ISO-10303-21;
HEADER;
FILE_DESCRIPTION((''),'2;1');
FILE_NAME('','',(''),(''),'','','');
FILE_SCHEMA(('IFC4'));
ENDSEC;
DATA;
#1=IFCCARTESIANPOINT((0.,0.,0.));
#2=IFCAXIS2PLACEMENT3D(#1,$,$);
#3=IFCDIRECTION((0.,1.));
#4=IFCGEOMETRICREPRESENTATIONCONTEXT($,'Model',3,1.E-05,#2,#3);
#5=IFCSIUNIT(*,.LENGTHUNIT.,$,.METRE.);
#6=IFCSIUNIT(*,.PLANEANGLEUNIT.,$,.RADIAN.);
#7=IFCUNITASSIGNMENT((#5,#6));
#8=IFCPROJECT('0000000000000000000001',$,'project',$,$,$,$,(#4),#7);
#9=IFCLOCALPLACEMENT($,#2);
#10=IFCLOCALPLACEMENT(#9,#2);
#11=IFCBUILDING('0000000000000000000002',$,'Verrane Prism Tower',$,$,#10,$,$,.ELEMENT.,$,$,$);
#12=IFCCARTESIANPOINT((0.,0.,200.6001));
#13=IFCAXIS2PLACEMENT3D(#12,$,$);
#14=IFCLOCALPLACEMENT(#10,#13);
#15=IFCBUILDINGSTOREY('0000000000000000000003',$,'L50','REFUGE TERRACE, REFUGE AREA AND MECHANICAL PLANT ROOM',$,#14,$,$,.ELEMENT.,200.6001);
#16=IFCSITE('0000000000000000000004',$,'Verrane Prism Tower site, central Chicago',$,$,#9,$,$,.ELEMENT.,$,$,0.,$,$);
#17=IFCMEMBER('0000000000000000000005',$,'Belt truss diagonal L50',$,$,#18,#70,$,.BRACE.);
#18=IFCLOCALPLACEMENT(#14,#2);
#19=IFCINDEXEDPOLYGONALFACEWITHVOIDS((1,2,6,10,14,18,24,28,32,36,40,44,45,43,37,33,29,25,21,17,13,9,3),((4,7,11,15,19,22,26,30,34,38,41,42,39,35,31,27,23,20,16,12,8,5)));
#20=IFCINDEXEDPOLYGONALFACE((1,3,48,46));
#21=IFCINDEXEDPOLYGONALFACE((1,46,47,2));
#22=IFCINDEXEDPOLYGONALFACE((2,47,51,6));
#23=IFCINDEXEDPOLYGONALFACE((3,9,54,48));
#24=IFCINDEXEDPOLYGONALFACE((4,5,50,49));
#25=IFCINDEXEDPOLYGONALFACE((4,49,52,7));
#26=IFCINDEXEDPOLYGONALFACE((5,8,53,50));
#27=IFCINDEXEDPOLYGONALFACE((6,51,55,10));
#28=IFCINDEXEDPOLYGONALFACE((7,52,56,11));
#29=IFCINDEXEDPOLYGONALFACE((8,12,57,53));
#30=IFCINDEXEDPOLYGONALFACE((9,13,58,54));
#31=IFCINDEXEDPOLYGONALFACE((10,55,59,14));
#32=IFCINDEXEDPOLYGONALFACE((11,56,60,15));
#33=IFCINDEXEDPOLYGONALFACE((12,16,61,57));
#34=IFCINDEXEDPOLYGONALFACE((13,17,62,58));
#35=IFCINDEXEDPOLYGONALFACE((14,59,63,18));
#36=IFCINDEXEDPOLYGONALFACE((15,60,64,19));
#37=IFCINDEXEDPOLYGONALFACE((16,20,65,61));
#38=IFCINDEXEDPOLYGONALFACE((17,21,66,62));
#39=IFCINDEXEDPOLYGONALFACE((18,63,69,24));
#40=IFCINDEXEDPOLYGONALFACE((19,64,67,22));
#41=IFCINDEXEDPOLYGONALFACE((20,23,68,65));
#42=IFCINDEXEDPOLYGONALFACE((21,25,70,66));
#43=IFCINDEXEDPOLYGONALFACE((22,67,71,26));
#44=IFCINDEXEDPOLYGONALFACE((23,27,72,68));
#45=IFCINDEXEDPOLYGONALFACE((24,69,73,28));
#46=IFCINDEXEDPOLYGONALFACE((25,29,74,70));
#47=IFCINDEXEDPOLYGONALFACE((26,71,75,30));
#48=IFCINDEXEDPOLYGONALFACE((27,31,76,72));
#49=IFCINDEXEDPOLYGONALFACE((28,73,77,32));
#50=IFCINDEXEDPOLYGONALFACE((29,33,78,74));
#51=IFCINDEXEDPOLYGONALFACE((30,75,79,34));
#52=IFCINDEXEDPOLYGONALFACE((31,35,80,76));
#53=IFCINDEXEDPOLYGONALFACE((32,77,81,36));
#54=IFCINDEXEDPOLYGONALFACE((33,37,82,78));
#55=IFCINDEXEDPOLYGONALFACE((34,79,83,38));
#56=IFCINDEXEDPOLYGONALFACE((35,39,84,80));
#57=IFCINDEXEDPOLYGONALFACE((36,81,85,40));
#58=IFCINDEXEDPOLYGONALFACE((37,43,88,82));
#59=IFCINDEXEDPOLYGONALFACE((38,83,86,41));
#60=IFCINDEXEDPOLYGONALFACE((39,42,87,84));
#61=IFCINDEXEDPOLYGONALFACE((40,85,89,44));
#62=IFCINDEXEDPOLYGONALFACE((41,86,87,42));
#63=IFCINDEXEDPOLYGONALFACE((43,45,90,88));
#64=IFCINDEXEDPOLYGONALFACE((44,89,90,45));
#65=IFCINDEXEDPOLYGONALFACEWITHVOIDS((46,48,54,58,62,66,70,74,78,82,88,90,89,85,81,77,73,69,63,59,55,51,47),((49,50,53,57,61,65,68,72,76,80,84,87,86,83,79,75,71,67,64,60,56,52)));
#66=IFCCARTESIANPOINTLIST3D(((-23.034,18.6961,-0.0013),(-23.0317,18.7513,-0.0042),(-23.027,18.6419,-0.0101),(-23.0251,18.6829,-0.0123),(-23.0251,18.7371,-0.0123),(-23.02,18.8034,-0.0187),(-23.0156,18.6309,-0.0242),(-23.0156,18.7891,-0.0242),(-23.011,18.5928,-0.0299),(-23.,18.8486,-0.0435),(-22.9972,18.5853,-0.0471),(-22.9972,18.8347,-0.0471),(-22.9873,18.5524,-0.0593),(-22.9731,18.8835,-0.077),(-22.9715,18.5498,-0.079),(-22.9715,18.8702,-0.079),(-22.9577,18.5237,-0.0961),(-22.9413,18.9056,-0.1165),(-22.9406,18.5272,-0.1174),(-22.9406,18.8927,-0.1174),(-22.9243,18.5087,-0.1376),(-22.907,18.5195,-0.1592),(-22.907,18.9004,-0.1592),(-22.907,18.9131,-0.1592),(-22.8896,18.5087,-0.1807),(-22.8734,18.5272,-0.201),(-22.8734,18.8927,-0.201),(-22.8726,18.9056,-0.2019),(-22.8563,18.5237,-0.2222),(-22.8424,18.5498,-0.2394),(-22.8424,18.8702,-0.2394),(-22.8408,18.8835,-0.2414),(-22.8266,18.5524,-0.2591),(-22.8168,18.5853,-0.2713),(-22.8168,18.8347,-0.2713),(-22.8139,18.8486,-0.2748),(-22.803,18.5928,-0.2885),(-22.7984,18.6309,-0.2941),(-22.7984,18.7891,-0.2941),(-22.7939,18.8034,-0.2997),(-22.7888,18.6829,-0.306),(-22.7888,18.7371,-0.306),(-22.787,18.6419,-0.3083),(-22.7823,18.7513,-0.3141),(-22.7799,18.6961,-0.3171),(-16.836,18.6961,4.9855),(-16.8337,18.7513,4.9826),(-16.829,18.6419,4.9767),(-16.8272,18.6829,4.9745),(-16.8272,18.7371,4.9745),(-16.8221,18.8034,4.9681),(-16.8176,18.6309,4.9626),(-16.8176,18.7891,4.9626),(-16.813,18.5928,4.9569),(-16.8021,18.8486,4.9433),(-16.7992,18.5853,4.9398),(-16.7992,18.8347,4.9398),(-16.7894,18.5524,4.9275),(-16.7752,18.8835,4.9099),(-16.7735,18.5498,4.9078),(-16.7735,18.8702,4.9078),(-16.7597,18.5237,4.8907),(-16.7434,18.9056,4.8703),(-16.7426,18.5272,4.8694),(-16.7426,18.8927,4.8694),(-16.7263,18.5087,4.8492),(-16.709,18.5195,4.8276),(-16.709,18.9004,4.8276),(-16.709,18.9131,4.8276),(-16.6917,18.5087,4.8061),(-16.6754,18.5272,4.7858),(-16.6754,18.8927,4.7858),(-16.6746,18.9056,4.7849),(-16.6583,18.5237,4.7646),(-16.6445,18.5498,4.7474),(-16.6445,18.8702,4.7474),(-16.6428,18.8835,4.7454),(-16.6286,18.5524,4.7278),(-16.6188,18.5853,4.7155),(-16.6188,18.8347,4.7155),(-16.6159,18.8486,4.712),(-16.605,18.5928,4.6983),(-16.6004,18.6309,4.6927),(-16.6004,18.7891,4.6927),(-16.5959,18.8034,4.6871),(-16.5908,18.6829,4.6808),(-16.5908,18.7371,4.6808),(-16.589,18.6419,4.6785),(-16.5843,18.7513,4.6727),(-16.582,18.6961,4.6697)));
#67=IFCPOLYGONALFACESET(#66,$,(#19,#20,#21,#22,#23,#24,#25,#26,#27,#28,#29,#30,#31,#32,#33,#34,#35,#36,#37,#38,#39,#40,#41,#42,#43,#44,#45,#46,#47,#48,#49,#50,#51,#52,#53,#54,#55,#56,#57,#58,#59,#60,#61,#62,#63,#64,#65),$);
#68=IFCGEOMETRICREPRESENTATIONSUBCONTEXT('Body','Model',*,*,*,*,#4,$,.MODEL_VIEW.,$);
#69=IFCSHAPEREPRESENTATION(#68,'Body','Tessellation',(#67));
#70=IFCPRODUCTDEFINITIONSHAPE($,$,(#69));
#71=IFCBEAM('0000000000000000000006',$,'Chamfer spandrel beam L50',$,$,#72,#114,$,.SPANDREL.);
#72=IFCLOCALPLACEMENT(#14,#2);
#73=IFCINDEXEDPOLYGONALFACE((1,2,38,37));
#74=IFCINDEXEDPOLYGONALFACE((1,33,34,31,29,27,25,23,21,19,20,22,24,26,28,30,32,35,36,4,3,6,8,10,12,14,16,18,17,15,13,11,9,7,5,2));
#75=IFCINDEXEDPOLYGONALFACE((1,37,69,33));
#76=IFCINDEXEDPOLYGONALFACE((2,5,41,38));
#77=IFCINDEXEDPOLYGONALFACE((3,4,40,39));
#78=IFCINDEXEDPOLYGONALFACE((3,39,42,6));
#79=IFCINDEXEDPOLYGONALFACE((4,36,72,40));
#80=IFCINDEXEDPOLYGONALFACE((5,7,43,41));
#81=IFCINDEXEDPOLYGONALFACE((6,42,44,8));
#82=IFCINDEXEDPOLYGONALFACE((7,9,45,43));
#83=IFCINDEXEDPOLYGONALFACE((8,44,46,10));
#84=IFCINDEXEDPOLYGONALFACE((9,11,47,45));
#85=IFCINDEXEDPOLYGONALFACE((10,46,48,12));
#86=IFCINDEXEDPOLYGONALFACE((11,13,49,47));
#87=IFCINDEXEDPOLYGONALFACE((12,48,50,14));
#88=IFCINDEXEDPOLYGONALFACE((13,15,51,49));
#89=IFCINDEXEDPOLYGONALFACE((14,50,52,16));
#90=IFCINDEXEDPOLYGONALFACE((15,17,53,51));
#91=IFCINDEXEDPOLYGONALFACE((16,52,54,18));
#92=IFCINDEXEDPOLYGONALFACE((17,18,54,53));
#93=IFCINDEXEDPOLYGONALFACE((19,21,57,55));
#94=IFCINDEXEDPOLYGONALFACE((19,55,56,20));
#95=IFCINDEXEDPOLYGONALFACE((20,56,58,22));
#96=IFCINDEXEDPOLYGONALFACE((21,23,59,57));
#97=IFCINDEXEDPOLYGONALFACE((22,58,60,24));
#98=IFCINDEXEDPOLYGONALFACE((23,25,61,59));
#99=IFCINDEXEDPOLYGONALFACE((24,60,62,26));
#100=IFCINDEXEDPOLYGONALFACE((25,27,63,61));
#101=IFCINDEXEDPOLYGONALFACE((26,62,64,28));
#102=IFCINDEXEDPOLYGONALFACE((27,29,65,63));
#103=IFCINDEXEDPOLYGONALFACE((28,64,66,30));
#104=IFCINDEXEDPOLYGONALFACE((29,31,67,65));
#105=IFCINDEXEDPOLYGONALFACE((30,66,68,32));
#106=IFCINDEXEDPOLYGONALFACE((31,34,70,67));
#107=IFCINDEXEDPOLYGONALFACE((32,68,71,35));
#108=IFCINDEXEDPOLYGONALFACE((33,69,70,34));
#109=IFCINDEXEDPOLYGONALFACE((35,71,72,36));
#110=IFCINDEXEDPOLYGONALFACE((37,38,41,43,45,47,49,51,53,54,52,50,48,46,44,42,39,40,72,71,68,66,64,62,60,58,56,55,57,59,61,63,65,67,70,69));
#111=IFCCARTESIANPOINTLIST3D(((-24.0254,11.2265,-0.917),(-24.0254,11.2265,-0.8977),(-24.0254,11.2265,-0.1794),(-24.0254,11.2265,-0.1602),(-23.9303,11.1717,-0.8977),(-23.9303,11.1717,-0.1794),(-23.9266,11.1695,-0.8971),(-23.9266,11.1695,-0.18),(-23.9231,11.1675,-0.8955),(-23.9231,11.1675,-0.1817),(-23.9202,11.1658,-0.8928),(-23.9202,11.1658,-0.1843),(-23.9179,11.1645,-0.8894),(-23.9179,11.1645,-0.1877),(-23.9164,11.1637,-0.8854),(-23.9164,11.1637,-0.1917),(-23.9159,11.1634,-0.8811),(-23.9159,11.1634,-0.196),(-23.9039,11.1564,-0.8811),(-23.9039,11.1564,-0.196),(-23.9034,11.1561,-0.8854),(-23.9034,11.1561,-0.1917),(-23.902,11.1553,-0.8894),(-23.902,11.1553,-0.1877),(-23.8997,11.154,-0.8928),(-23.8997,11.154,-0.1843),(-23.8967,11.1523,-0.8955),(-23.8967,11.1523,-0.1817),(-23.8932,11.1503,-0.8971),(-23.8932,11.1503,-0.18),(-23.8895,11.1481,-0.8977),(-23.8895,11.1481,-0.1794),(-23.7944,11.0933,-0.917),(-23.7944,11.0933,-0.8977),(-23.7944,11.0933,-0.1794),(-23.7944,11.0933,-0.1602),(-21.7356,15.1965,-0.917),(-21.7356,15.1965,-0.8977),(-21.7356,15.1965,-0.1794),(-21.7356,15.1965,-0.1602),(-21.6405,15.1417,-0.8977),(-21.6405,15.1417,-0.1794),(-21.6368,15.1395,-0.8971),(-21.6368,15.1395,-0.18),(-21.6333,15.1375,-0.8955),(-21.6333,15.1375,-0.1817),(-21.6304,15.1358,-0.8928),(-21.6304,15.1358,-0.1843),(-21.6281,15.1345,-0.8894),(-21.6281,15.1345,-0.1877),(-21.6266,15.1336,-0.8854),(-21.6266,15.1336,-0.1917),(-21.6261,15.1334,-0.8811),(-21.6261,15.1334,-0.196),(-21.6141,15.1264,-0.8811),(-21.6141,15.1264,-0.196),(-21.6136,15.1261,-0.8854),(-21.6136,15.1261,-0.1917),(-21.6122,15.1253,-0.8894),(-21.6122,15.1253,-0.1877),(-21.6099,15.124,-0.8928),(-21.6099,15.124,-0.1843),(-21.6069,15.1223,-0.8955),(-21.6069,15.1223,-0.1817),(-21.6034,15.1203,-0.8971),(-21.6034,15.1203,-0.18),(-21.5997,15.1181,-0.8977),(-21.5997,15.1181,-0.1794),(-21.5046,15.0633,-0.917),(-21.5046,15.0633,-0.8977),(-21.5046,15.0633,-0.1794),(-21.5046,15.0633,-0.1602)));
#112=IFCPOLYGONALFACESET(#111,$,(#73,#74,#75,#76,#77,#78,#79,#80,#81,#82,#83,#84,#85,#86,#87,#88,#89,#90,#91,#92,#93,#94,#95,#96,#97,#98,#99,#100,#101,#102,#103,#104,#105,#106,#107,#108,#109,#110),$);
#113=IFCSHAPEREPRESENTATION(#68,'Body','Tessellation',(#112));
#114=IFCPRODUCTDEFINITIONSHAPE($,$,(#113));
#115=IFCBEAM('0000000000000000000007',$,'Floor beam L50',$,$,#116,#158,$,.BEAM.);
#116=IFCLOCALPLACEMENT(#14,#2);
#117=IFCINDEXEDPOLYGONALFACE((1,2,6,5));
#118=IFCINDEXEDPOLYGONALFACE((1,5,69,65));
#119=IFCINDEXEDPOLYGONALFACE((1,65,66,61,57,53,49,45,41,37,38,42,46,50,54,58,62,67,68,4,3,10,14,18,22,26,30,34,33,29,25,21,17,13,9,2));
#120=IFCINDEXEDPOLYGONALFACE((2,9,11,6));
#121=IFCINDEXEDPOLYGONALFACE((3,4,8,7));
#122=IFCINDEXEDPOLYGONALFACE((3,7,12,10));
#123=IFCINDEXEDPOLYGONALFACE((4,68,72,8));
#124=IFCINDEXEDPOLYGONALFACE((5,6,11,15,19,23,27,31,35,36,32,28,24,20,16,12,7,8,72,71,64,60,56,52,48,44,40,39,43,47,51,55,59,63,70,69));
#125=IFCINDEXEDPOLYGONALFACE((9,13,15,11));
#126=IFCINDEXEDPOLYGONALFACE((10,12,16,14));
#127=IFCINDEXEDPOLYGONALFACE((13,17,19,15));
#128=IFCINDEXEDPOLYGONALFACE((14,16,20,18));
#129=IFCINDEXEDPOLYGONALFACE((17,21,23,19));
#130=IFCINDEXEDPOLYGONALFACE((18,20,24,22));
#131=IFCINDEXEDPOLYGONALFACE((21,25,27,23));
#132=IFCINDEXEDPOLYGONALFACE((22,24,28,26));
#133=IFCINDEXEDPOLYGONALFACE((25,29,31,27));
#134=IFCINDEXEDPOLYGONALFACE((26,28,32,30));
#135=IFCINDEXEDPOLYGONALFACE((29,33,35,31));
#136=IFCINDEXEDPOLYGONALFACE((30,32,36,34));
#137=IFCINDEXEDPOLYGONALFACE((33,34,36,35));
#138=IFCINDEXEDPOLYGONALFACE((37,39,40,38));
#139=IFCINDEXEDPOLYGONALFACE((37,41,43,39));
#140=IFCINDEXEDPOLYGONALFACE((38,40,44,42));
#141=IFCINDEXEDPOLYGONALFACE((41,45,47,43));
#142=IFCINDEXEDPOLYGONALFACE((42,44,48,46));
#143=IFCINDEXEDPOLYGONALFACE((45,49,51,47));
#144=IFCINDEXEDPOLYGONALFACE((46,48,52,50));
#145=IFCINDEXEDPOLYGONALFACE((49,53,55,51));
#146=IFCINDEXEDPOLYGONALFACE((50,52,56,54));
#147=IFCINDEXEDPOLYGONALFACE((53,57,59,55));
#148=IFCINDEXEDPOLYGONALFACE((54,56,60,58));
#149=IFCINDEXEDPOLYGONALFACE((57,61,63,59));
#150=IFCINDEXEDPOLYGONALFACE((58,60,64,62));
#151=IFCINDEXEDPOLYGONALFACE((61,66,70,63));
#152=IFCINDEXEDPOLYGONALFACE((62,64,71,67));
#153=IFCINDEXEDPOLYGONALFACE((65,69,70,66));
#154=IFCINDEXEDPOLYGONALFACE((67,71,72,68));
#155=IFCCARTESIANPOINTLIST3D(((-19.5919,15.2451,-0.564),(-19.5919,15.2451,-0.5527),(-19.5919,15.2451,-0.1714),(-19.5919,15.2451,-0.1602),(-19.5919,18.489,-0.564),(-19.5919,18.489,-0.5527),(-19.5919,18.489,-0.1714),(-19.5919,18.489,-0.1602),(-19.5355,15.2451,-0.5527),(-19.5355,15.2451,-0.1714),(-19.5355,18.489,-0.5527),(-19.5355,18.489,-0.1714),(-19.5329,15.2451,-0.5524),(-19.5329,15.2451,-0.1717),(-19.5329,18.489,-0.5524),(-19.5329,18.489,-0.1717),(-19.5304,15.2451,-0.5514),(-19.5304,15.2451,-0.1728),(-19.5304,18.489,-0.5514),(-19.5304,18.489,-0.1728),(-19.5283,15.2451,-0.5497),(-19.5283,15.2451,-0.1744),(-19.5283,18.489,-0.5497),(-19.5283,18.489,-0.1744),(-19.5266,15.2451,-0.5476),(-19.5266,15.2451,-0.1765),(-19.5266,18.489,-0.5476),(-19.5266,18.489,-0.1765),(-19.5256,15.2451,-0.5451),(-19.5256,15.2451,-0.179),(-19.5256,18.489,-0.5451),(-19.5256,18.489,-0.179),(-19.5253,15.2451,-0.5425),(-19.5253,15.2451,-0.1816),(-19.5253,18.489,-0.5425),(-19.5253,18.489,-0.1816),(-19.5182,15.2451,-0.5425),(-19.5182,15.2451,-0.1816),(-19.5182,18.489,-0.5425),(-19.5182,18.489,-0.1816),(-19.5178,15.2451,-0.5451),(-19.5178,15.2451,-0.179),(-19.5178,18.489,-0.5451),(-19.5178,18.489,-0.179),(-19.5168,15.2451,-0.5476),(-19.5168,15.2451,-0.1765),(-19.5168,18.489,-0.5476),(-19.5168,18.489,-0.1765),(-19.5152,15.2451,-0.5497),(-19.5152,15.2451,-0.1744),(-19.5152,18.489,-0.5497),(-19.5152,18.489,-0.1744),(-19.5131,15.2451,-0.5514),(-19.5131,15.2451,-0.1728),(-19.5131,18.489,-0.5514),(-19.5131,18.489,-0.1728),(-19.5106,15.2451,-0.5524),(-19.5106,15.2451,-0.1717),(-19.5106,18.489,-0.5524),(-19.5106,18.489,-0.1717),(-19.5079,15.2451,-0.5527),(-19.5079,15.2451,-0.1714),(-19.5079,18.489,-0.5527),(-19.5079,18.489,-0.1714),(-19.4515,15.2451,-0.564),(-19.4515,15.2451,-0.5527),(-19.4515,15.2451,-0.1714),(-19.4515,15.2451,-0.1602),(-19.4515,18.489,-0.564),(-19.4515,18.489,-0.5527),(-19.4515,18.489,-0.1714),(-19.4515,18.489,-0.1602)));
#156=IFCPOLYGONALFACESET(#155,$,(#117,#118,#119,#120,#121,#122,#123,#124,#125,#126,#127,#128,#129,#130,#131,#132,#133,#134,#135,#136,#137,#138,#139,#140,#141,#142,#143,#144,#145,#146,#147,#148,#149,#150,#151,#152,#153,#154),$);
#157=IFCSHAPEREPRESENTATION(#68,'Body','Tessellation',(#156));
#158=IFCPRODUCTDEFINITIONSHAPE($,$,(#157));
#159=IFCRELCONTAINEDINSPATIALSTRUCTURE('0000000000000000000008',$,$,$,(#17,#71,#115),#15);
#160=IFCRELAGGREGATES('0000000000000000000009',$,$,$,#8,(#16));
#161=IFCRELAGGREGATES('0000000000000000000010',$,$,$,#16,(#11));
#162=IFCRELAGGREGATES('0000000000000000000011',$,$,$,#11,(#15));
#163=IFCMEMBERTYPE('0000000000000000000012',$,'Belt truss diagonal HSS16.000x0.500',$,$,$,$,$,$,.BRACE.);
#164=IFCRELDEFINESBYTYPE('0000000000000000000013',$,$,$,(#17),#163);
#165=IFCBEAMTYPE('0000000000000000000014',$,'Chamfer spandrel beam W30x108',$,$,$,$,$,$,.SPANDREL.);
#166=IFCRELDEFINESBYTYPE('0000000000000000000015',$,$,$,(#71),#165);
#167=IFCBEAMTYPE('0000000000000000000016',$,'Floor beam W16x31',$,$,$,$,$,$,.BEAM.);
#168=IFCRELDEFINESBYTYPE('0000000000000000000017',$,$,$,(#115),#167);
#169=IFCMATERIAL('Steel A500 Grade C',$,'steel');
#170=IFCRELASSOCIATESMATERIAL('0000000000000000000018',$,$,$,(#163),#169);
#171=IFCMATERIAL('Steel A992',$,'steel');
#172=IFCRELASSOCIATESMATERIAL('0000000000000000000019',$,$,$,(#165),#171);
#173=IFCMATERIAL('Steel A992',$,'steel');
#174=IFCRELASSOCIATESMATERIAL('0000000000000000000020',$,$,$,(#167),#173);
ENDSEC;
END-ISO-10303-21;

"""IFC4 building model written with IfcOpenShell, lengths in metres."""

from ifc_helpers import new_model, si_unit, direction, frame, origin, origin_2d, place, context, subcontext, project, spatial, hollow_circle, i_section, extrude, material, material_profile, profile_set, type_object, element, save


model = new_model("IFC4")

# Units and contexts
model_context = context("Model", 3, precision=1e-05, world=origin(), true_north=direction((0.0, 1.0)))
body_context = subcontext(model_context, "Body", "Model", "MODEL_VIEW")
ifc_project = project(units=[si_unit("LENGTHUNIT", "METRE"), si_unit("PLANEANGLEUNIT", "RADIAN")], contexts=[model_context])

# Site, building, storey
site_placement = place(None, origin())
site = spatial("IfcSite", under=ifc_project, at=site_placement, Name="Verrane Prism Tower site, central Chicago", CompositionType="ELEMENT", RefElevation=0.0)
building_placement = place(site_placement, origin())
building = spatial("IfcBuilding", under=site, at=building_placement, Name="Verrane Prism Tower", CompositionType="ELEMENT")
storey_placement = place(building_placement, frame((0.0, 0.0, 200.6001)))
storey = spatial("IfcBuildingStorey", under=building, at=storey_placement, Name="L50", Description="REFUGE TERRACE, REFUGE AREA AND MECHANICAL PLANT ROOM", CompositionType="ELEMENT", Elevation=200.6001)

# Member
ifc_material_1 = material(Name="Steel A500 Grade C", Category="steel")
ifc_material_profile_1 = material_profile(ifc_material_1, hollow_circle(Radius=0.2031, WallThickness=0.0127, at=origin_2d()), Name="HSS16.000x0.500")
ifc_profile_set_1 = profile_set([ifc_material_profile_1], Name="Steel A500 Grade C")
member_type_1 = type_object("IfcMemberType", Name="Belt truss diagonal HSS16.000x0.500", PredefinedType="BRACE", material=ifc_profile_set_1)
member_1_placement = place(storey_placement, frame((-22.907, 18.71, -0.1592), z_axis=(0.779123, 0.0, 0.626871), x_axis=(0.0, 1.0, 0.0)))
element("IfcMember", 1, at=member_1_placement, inside=storey, type_object=member_type_1, Name="Belt truss diagonal L50", PredefinedType="BRACE", context=body_context, shape_type="SweptSolid", body=[
    extrude(hollow_circle(Radius=0.2031, WallThickness=0.0127, at=origin_2d()), origin(), (0.0, 0.0, 1.0), 7.9551),
])

# Beams
ifc_material_2 = material(Name="Steel A992", Category="steel")
ifc_material_profile_2 = material_profile(ifc_material_2, i_section(OverallWidth=0.2666, OverallDepth=0.7568, WebThickness=0.0139, FlangeThickness=0.0193, FilletRadius=0.0166, at=origin_2d()), Name="W30x108")
ifc_profile_set_2 = profile_set([ifc_material_profile_2], Name="Steel A992")
beam_type_1 = type_object("IfcBeamType", Name="Chamfer spandrel beam W30x108", PredefinedType="SPANDREL", material=ifc_profile_set_2)
beam_1_placement = place(storey_placement, frame((-21.6201, 15.1299, -0.5386), z_axis=(-0.499629, -0.86624, 0.0), x_axis=(0.86624, -0.499629, 0.0)))
element("IfcBeam", 2, at=beam_1_placement, inside=storey, type_object=beam_type_1, Name="Chamfer spandrel beam L50", PredefinedType="SPANDREL", context=body_context, shape_type="SweptSolid", body=[
    extrude(i_section(OverallWidth=0.2666, OverallDepth=0.7568, WebThickness=0.0139, FlangeThickness=0.0193, FilletRadius=0.0166, at=origin_2d()), origin(), (0.0, 0.0, 1.0), 4.583),
])
ifc_material_3 = material(Name="Steel A992", Category="steel")
ifc_material_profile_3 = material_profile(ifc_material_3, i_section(OverallWidth=0.1404, OverallDepth=0.4038, WebThickness=0.0071, FlangeThickness=0.0112, FilletRadius=0.0103, at=origin_2d()), Name="W16x31")
ifc_profile_set_3 = profile_set([ifc_material_profile_3], Name="Steel A992")
beam_type_2 = type_object("IfcBeamType", Name="Floor beam W16x31", PredefinedType="BEAM", material=ifc_profile_set_3)
beam_2_placement = place(storey_placement, frame((-19.5217, 15.2451, -0.3621), z_axis=(0.0, 1.0, 0.0), x_axis=(-1.0, 0.0, 0.0)))
element("IfcBeam", 3, at=beam_2_placement, inside=storey, type_object=beam_type_2, Name="Floor beam L50", PredefinedType="BEAM", context=body_context, shape_type="SweptSolid", body=[
    extrude(i_section(OverallWidth=0.1404, OverallDepth=0.4038, WebThickness=0.0071, FlangeThickness=0.0112, FilletRadius=0.0103, at=origin_2d()), origin(), (0.0, 0.0, 1.0), 3.2439),
])

save(model, "model.ifc")
